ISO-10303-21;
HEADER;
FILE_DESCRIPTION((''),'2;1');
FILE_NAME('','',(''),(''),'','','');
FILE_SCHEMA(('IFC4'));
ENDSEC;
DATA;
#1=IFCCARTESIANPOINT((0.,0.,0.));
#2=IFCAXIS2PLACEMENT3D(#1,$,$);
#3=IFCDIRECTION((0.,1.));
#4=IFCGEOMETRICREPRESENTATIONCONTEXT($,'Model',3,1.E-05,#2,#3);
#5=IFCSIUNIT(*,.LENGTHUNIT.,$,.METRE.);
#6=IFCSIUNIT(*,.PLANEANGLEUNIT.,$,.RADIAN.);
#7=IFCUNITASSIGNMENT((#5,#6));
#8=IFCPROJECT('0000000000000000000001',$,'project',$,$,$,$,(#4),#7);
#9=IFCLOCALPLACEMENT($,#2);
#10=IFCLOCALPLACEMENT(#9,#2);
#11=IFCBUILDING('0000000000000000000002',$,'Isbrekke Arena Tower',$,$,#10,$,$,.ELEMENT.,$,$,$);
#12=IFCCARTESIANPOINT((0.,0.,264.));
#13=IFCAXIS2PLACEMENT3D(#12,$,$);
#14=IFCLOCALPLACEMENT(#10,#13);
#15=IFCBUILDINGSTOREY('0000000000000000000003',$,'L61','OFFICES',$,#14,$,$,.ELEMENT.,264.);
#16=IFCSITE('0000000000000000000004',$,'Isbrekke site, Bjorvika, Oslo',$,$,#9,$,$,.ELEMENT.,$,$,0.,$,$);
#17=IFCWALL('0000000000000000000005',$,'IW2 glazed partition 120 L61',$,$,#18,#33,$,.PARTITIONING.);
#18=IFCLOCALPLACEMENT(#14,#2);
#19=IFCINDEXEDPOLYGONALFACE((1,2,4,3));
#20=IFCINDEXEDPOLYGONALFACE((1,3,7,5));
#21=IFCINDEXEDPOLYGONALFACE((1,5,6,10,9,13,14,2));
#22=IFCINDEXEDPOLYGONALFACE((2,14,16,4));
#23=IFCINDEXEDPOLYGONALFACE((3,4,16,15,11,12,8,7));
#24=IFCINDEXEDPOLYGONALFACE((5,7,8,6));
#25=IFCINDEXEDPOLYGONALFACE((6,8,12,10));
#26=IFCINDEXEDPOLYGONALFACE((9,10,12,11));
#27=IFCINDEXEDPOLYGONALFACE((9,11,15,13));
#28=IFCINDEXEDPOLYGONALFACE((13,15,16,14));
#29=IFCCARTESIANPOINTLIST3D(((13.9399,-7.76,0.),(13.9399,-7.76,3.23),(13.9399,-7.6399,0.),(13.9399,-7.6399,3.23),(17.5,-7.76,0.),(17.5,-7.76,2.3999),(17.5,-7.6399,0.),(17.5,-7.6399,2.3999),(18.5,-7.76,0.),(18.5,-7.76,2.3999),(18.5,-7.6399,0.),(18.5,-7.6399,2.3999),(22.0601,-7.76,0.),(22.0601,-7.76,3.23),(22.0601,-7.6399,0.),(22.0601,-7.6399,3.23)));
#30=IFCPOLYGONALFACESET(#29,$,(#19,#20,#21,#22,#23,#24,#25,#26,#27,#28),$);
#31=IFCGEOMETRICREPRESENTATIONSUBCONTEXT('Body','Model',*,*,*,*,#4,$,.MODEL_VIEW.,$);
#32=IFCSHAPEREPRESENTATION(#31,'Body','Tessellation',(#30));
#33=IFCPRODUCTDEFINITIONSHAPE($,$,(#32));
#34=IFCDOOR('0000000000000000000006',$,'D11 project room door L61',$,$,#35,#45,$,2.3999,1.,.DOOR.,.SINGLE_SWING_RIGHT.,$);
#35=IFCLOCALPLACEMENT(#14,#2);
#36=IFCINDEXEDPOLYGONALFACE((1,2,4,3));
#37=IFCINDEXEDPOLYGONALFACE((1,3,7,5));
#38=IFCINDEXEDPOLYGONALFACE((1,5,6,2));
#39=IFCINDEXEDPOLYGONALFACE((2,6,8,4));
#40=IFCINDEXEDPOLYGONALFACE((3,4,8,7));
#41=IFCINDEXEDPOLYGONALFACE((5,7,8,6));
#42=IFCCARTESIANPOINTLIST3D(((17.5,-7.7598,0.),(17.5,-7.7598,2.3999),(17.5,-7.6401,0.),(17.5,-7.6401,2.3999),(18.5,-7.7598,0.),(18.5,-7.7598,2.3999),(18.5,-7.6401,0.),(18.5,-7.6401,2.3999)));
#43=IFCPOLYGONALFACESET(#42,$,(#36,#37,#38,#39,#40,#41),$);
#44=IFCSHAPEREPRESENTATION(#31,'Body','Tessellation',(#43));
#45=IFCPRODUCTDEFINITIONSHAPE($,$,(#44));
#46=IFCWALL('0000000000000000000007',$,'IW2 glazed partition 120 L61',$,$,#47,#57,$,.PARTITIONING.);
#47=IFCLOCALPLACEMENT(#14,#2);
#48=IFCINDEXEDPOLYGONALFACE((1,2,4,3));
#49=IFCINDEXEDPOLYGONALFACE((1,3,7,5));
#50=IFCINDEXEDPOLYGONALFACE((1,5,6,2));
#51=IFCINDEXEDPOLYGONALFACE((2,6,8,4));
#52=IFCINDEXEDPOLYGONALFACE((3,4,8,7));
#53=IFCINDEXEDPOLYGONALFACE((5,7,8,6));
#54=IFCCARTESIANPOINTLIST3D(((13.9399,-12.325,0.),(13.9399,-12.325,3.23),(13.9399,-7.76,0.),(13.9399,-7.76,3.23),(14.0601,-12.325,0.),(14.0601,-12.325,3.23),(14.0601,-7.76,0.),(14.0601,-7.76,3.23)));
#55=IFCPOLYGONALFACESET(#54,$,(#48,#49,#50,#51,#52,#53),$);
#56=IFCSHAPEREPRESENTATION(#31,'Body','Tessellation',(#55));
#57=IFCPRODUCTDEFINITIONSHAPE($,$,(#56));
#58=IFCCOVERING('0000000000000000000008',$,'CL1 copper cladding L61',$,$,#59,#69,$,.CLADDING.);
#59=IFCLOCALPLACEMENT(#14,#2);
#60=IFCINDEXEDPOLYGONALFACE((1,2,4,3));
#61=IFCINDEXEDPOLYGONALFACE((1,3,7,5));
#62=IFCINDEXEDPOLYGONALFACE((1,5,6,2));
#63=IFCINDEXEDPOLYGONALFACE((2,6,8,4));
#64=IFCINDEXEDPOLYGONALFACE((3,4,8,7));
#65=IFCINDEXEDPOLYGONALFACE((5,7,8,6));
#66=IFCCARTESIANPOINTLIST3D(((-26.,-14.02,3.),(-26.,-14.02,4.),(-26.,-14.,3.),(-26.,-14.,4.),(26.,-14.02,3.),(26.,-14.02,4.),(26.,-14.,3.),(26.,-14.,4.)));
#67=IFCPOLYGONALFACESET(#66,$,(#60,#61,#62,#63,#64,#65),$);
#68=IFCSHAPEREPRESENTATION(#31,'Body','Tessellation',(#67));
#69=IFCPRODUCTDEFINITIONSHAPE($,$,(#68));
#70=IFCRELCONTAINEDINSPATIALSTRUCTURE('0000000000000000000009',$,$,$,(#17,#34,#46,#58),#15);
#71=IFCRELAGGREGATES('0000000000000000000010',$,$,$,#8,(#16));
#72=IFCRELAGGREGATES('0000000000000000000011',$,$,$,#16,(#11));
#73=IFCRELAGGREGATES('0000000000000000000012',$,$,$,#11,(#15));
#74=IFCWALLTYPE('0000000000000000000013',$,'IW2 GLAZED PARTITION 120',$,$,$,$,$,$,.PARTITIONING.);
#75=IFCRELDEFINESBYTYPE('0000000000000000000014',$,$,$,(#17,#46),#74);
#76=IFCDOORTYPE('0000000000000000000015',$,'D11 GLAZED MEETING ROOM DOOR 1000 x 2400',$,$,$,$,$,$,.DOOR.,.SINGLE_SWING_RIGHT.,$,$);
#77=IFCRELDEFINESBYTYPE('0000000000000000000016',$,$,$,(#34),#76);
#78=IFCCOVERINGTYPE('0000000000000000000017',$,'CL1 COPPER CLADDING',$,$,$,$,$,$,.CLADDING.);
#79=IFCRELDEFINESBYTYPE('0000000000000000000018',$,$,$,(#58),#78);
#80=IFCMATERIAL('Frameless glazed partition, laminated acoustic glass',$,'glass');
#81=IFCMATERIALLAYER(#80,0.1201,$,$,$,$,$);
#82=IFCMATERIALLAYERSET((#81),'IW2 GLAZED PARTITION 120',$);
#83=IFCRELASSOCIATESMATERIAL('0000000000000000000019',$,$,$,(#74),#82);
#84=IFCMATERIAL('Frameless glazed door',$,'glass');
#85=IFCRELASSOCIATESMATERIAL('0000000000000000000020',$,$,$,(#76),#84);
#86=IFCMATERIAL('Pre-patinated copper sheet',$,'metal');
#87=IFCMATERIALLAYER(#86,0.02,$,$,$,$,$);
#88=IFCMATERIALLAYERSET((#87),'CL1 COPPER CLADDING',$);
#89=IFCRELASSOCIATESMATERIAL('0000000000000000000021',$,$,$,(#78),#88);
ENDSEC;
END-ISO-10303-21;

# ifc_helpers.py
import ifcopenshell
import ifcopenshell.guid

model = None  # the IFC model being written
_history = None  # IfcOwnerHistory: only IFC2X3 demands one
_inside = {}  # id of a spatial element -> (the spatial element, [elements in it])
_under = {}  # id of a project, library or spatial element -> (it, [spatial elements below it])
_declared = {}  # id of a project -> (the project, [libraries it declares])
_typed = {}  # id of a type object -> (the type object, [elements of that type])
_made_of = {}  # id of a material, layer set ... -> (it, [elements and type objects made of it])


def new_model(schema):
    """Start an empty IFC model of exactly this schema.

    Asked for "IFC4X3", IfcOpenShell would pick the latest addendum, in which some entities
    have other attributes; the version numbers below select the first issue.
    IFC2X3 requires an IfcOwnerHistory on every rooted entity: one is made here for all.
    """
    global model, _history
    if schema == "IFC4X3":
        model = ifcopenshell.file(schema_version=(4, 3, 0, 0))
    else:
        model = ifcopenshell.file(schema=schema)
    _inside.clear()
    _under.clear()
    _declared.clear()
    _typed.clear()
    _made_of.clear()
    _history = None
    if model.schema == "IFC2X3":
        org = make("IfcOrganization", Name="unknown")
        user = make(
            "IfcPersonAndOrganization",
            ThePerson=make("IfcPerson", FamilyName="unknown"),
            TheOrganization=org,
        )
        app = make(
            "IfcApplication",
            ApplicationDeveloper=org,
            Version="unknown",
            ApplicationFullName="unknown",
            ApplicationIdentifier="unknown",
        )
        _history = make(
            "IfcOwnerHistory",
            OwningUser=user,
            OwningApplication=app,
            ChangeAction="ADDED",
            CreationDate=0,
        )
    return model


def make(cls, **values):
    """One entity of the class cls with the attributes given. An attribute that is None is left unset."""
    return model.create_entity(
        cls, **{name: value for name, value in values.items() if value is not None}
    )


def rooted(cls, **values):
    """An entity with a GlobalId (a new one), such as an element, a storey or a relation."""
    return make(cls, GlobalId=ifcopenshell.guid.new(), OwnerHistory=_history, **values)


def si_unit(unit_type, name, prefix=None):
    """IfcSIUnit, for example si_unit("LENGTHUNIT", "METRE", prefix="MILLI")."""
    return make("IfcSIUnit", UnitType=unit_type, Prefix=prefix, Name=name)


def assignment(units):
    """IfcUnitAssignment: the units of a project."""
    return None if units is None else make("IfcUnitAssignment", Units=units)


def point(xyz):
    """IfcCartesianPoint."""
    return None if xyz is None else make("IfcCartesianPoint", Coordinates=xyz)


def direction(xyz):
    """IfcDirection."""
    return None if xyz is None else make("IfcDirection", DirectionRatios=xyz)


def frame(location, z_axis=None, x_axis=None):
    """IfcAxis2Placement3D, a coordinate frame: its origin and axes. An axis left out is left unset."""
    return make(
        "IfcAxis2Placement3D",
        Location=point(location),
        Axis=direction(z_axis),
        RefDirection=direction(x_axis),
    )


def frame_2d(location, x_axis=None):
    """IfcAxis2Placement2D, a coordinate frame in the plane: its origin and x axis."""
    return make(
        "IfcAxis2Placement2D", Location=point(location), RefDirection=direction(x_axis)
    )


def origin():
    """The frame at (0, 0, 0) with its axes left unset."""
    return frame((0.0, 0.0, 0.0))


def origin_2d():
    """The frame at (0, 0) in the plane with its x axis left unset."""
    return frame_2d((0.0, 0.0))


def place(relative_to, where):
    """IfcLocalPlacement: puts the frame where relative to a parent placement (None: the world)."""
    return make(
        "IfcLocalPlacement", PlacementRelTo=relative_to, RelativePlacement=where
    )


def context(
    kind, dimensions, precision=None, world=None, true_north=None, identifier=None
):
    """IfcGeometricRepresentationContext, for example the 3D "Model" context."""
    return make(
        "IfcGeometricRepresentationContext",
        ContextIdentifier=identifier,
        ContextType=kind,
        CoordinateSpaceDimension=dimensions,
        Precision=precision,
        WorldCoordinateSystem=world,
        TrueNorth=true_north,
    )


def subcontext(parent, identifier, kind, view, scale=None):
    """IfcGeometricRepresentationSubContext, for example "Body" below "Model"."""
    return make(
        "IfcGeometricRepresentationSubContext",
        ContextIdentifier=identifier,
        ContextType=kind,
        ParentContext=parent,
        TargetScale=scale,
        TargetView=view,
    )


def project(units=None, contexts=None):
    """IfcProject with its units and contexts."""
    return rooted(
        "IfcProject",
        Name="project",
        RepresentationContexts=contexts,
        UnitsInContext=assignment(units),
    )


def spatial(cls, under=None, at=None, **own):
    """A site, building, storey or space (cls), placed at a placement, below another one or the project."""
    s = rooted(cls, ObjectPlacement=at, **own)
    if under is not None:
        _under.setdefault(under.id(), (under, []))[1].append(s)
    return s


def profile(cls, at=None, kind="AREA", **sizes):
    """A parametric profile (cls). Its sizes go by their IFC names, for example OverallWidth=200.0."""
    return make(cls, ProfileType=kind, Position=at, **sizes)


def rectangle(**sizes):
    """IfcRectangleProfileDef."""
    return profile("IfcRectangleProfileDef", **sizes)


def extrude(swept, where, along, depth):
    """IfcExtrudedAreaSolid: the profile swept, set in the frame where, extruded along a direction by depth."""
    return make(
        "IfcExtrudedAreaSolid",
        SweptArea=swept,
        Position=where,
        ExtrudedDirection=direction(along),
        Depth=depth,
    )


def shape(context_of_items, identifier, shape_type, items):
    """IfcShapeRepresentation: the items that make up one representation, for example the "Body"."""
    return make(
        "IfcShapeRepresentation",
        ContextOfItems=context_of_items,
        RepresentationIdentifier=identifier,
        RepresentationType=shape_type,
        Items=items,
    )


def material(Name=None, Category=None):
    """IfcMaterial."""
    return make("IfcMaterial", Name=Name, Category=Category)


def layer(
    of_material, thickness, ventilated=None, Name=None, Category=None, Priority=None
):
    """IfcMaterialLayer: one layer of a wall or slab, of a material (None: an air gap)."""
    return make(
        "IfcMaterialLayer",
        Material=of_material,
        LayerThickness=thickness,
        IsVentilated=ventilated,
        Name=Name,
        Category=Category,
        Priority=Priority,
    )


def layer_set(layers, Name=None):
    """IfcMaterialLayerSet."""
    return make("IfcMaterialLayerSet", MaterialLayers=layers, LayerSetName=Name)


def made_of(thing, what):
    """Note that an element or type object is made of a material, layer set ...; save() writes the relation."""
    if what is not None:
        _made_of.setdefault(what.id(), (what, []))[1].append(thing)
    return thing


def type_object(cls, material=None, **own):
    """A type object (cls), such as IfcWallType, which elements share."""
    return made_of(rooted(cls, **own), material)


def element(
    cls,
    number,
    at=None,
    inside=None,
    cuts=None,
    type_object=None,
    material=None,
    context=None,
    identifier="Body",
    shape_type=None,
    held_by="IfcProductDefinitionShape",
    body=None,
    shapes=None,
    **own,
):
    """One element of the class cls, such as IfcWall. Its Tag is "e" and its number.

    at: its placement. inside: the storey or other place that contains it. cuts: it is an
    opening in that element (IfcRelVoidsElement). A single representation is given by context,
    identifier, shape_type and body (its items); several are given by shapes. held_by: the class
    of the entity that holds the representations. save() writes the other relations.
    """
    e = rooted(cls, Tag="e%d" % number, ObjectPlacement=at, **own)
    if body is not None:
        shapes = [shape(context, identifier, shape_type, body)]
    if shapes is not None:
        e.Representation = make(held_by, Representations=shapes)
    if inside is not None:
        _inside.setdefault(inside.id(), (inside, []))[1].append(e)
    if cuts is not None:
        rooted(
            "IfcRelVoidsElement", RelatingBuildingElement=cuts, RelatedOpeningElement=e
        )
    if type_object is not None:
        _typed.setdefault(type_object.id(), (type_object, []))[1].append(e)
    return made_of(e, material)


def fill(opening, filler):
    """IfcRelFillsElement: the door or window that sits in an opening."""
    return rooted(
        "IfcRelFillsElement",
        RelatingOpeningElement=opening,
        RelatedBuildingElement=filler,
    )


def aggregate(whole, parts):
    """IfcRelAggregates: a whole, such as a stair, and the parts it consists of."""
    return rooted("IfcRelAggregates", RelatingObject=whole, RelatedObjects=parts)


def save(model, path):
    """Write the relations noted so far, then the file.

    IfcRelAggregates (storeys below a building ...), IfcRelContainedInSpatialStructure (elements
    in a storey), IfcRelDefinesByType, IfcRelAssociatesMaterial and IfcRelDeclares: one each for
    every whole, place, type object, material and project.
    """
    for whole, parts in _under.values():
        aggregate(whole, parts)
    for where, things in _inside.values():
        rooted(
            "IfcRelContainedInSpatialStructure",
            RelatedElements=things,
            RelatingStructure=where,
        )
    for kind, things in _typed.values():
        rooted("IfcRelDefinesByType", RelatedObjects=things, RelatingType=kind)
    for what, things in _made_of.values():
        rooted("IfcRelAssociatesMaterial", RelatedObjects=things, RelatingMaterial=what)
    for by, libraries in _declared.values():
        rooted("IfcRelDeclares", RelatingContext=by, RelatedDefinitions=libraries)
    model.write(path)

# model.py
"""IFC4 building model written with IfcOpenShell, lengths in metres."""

from ifc_helpers import new_model, si_unit, direction, frame, frame_2d, origin, origin_2d, place, context, subcontext, project, spatial, rectangle, extrude, material, layer, layer_set, type_object, element, fill, save


model = new_model("IFC4")

# Units and contexts
model_context = context("Model", 3, precision=1e-05, world=origin(), true_north=direction((0.0, 1.0)))
body_context = subcontext(model_context, "Body", "Model", "MODEL_VIEW")
ifc_project = project(units=[si_unit("LENGTHUNIT", "METRE"), si_unit("PLANEANGLEUNIT", "RADIAN")], contexts=[model_context])

# Site, building, storey
site_placement = place(None, origin())
site = spatial("IfcSite", under=ifc_project, at=site_placement, Name="Isbrekke site, Bjorvika, Oslo", CompositionType="ELEMENT", RefElevation=0.0)
building_placement = place(site_placement, origin())
building = spatial("IfcBuilding", under=site, at=building_placement, Name="Isbrekke Arena Tower", CompositionType="ELEMENT")
storey_placement = place(building_placement, frame((0.0, 0.0, 264.0)))
storey = spatial("IfcBuildingStorey", under=building, at=storey_placement, Name="L61", Description="OFFICES", CompositionType="ELEMENT", Elevation=264.0)

# Wall, opening, door
ifc_material_1 = material(Name="Frameless glazed partition, laminated acoustic glass", Category="glass")
ifc_layer_1 = layer(ifc_material_1, 0.1201)
ifc_layer_set_1 = layer_set([ifc_layer_1], Name="IW2 GLAZED PARTITION 120")
wall_type = type_object("IfcWallType", Name="IW2 GLAZED PARTITION 120", PredefinedType="PARTITIONING", material=ifc_layer_set_1)
wall_1_placement = place(storey_placement, frame((13.9399, -7.7, 0.0), z_axis=(0.0, 0.0, 1.0), x_axis=(1.0, 0.0, 0.0)))
wall_1 = element("IfcWall", 1, at=wall_1_placement, inside=storey, type_object=wall_type, Name="IW2 glazed partition 120 L61", PredefinedType="PARTITIONING", context=body_context, shape_type="SweptSolid", body=[
    extrude(rectangle(XDim=8.1201, YDim=0.1201, at=frame_2d((4.0601, 0.0))), origin(), (0.0, 0.0, 1.0), 3.23),
])
opening_placement = place(wall_1_placement, frame((3.5601, 0.0, 0.0)))
opening = element("IfcOpeningElement", 2, at=opening_placement, cuts=wall_1, PredefinedType="OPENING", context=body_context, shape_type="SweptSolid", body=[
    extrude(rectangle(XDim=1.0, YDim=2.3999, at=frame_2d((0.5, 1.2))), frame((0.0, 0.075, 0.0), z_axis=(0.0, -1.0, 0.0), x_axis=(1.0, 0.0, 0.0)), (0.0, 0.0, 1.0), 0.1499),
])
ifc_material_2 = material(Name="Frameless glazed door", Category="glass")
door_type = type_object("IfcDoorType", Name="D11 GLAZED MEETING ROOM DOOR 1000 x 2400", OperationType="SINGLE_SWING_RIGHT", PredefinedType="DOOR", material=ifc_material_2)
door_placement = place(opening_placement, origin())
door = element("IfcDoor", 3, at=door_placement, inside=storey, type_object=door_type, Name="D11 project room door L61", OperationType="SINGLE_SWING_RIGHT", OverallHeight=2.3999, OverallWidth=1.0, PredefinedType="DOOR", context=body_context, shape_type="SweptSolid", body=[
    extrude(rectangle(XDim=1.0, YDim=2.3999, at=frame_2d((0.5, 1.2))), frame((0.0, 0.0598, 0.0), z_axis=(0.0, -1.0, 0.0), x_axis=(1.0, 0.0, 0.0)), (0.0, 0.0, 1.0), 0.1196),
])
fill(opening, door)

# Wall
wall_2_placement = place(storey_placement, frame((14.0, -12.325, 0.0), z_axis=(0.0, 0.0, 1.0), x_axis=(0.0, 1.0, 0.0)))
element("IfcWall", 4, at=wall_2_placement, inside=storey, type_object=wall_type, Name="IW2 glazed partition 120 L61", PredefinedType="PARTITIONING", context=body_context, shape_type="SweptSolid", body=[
    extrude(rectangle(XDim=4.5649, YDim=0.1201, at=frame_2d((2.2825, 0.0))), origin(), (0.0, 0.0, 1.0), 3.23),
])

# Covering
ifc_material_3 = material(Name="Pre-patinated copper sheet", Category="metal")
ifc_layer_2 = layer(ifc_material_3, 0.02)
ifc_layer_set_2 = layer_set([ifc_layer_2], Name="CL1 COPPER CLADDING")
covering_type = type_object("IfcCoveringType", Name="CL1 COPPER CLADDING", PredefinedType="CLADDING", material=ifc_layer_set_2)
covering_placement = place(storey_placement, frame((0.0, -14.01, 3.0), z_axis=(0.0, 0.0, 1.0), x_axis=(1.0, 0.0, 0.0)))
element("IfcCovering", 5, at=covering_placement, inside=storey, type_object=covering_type, Name="CL1 copper cladding L61", PredefinedType="CLADDING", context=body_context, shape_type="SweptSolid", body=[
    extrude(rectangle(XDim=52.0, YDim=0.02, at=origin_2d()), origin(), (0.0, 0.0, 1.0), 1.0),
])

save(model, "model.ifc")
